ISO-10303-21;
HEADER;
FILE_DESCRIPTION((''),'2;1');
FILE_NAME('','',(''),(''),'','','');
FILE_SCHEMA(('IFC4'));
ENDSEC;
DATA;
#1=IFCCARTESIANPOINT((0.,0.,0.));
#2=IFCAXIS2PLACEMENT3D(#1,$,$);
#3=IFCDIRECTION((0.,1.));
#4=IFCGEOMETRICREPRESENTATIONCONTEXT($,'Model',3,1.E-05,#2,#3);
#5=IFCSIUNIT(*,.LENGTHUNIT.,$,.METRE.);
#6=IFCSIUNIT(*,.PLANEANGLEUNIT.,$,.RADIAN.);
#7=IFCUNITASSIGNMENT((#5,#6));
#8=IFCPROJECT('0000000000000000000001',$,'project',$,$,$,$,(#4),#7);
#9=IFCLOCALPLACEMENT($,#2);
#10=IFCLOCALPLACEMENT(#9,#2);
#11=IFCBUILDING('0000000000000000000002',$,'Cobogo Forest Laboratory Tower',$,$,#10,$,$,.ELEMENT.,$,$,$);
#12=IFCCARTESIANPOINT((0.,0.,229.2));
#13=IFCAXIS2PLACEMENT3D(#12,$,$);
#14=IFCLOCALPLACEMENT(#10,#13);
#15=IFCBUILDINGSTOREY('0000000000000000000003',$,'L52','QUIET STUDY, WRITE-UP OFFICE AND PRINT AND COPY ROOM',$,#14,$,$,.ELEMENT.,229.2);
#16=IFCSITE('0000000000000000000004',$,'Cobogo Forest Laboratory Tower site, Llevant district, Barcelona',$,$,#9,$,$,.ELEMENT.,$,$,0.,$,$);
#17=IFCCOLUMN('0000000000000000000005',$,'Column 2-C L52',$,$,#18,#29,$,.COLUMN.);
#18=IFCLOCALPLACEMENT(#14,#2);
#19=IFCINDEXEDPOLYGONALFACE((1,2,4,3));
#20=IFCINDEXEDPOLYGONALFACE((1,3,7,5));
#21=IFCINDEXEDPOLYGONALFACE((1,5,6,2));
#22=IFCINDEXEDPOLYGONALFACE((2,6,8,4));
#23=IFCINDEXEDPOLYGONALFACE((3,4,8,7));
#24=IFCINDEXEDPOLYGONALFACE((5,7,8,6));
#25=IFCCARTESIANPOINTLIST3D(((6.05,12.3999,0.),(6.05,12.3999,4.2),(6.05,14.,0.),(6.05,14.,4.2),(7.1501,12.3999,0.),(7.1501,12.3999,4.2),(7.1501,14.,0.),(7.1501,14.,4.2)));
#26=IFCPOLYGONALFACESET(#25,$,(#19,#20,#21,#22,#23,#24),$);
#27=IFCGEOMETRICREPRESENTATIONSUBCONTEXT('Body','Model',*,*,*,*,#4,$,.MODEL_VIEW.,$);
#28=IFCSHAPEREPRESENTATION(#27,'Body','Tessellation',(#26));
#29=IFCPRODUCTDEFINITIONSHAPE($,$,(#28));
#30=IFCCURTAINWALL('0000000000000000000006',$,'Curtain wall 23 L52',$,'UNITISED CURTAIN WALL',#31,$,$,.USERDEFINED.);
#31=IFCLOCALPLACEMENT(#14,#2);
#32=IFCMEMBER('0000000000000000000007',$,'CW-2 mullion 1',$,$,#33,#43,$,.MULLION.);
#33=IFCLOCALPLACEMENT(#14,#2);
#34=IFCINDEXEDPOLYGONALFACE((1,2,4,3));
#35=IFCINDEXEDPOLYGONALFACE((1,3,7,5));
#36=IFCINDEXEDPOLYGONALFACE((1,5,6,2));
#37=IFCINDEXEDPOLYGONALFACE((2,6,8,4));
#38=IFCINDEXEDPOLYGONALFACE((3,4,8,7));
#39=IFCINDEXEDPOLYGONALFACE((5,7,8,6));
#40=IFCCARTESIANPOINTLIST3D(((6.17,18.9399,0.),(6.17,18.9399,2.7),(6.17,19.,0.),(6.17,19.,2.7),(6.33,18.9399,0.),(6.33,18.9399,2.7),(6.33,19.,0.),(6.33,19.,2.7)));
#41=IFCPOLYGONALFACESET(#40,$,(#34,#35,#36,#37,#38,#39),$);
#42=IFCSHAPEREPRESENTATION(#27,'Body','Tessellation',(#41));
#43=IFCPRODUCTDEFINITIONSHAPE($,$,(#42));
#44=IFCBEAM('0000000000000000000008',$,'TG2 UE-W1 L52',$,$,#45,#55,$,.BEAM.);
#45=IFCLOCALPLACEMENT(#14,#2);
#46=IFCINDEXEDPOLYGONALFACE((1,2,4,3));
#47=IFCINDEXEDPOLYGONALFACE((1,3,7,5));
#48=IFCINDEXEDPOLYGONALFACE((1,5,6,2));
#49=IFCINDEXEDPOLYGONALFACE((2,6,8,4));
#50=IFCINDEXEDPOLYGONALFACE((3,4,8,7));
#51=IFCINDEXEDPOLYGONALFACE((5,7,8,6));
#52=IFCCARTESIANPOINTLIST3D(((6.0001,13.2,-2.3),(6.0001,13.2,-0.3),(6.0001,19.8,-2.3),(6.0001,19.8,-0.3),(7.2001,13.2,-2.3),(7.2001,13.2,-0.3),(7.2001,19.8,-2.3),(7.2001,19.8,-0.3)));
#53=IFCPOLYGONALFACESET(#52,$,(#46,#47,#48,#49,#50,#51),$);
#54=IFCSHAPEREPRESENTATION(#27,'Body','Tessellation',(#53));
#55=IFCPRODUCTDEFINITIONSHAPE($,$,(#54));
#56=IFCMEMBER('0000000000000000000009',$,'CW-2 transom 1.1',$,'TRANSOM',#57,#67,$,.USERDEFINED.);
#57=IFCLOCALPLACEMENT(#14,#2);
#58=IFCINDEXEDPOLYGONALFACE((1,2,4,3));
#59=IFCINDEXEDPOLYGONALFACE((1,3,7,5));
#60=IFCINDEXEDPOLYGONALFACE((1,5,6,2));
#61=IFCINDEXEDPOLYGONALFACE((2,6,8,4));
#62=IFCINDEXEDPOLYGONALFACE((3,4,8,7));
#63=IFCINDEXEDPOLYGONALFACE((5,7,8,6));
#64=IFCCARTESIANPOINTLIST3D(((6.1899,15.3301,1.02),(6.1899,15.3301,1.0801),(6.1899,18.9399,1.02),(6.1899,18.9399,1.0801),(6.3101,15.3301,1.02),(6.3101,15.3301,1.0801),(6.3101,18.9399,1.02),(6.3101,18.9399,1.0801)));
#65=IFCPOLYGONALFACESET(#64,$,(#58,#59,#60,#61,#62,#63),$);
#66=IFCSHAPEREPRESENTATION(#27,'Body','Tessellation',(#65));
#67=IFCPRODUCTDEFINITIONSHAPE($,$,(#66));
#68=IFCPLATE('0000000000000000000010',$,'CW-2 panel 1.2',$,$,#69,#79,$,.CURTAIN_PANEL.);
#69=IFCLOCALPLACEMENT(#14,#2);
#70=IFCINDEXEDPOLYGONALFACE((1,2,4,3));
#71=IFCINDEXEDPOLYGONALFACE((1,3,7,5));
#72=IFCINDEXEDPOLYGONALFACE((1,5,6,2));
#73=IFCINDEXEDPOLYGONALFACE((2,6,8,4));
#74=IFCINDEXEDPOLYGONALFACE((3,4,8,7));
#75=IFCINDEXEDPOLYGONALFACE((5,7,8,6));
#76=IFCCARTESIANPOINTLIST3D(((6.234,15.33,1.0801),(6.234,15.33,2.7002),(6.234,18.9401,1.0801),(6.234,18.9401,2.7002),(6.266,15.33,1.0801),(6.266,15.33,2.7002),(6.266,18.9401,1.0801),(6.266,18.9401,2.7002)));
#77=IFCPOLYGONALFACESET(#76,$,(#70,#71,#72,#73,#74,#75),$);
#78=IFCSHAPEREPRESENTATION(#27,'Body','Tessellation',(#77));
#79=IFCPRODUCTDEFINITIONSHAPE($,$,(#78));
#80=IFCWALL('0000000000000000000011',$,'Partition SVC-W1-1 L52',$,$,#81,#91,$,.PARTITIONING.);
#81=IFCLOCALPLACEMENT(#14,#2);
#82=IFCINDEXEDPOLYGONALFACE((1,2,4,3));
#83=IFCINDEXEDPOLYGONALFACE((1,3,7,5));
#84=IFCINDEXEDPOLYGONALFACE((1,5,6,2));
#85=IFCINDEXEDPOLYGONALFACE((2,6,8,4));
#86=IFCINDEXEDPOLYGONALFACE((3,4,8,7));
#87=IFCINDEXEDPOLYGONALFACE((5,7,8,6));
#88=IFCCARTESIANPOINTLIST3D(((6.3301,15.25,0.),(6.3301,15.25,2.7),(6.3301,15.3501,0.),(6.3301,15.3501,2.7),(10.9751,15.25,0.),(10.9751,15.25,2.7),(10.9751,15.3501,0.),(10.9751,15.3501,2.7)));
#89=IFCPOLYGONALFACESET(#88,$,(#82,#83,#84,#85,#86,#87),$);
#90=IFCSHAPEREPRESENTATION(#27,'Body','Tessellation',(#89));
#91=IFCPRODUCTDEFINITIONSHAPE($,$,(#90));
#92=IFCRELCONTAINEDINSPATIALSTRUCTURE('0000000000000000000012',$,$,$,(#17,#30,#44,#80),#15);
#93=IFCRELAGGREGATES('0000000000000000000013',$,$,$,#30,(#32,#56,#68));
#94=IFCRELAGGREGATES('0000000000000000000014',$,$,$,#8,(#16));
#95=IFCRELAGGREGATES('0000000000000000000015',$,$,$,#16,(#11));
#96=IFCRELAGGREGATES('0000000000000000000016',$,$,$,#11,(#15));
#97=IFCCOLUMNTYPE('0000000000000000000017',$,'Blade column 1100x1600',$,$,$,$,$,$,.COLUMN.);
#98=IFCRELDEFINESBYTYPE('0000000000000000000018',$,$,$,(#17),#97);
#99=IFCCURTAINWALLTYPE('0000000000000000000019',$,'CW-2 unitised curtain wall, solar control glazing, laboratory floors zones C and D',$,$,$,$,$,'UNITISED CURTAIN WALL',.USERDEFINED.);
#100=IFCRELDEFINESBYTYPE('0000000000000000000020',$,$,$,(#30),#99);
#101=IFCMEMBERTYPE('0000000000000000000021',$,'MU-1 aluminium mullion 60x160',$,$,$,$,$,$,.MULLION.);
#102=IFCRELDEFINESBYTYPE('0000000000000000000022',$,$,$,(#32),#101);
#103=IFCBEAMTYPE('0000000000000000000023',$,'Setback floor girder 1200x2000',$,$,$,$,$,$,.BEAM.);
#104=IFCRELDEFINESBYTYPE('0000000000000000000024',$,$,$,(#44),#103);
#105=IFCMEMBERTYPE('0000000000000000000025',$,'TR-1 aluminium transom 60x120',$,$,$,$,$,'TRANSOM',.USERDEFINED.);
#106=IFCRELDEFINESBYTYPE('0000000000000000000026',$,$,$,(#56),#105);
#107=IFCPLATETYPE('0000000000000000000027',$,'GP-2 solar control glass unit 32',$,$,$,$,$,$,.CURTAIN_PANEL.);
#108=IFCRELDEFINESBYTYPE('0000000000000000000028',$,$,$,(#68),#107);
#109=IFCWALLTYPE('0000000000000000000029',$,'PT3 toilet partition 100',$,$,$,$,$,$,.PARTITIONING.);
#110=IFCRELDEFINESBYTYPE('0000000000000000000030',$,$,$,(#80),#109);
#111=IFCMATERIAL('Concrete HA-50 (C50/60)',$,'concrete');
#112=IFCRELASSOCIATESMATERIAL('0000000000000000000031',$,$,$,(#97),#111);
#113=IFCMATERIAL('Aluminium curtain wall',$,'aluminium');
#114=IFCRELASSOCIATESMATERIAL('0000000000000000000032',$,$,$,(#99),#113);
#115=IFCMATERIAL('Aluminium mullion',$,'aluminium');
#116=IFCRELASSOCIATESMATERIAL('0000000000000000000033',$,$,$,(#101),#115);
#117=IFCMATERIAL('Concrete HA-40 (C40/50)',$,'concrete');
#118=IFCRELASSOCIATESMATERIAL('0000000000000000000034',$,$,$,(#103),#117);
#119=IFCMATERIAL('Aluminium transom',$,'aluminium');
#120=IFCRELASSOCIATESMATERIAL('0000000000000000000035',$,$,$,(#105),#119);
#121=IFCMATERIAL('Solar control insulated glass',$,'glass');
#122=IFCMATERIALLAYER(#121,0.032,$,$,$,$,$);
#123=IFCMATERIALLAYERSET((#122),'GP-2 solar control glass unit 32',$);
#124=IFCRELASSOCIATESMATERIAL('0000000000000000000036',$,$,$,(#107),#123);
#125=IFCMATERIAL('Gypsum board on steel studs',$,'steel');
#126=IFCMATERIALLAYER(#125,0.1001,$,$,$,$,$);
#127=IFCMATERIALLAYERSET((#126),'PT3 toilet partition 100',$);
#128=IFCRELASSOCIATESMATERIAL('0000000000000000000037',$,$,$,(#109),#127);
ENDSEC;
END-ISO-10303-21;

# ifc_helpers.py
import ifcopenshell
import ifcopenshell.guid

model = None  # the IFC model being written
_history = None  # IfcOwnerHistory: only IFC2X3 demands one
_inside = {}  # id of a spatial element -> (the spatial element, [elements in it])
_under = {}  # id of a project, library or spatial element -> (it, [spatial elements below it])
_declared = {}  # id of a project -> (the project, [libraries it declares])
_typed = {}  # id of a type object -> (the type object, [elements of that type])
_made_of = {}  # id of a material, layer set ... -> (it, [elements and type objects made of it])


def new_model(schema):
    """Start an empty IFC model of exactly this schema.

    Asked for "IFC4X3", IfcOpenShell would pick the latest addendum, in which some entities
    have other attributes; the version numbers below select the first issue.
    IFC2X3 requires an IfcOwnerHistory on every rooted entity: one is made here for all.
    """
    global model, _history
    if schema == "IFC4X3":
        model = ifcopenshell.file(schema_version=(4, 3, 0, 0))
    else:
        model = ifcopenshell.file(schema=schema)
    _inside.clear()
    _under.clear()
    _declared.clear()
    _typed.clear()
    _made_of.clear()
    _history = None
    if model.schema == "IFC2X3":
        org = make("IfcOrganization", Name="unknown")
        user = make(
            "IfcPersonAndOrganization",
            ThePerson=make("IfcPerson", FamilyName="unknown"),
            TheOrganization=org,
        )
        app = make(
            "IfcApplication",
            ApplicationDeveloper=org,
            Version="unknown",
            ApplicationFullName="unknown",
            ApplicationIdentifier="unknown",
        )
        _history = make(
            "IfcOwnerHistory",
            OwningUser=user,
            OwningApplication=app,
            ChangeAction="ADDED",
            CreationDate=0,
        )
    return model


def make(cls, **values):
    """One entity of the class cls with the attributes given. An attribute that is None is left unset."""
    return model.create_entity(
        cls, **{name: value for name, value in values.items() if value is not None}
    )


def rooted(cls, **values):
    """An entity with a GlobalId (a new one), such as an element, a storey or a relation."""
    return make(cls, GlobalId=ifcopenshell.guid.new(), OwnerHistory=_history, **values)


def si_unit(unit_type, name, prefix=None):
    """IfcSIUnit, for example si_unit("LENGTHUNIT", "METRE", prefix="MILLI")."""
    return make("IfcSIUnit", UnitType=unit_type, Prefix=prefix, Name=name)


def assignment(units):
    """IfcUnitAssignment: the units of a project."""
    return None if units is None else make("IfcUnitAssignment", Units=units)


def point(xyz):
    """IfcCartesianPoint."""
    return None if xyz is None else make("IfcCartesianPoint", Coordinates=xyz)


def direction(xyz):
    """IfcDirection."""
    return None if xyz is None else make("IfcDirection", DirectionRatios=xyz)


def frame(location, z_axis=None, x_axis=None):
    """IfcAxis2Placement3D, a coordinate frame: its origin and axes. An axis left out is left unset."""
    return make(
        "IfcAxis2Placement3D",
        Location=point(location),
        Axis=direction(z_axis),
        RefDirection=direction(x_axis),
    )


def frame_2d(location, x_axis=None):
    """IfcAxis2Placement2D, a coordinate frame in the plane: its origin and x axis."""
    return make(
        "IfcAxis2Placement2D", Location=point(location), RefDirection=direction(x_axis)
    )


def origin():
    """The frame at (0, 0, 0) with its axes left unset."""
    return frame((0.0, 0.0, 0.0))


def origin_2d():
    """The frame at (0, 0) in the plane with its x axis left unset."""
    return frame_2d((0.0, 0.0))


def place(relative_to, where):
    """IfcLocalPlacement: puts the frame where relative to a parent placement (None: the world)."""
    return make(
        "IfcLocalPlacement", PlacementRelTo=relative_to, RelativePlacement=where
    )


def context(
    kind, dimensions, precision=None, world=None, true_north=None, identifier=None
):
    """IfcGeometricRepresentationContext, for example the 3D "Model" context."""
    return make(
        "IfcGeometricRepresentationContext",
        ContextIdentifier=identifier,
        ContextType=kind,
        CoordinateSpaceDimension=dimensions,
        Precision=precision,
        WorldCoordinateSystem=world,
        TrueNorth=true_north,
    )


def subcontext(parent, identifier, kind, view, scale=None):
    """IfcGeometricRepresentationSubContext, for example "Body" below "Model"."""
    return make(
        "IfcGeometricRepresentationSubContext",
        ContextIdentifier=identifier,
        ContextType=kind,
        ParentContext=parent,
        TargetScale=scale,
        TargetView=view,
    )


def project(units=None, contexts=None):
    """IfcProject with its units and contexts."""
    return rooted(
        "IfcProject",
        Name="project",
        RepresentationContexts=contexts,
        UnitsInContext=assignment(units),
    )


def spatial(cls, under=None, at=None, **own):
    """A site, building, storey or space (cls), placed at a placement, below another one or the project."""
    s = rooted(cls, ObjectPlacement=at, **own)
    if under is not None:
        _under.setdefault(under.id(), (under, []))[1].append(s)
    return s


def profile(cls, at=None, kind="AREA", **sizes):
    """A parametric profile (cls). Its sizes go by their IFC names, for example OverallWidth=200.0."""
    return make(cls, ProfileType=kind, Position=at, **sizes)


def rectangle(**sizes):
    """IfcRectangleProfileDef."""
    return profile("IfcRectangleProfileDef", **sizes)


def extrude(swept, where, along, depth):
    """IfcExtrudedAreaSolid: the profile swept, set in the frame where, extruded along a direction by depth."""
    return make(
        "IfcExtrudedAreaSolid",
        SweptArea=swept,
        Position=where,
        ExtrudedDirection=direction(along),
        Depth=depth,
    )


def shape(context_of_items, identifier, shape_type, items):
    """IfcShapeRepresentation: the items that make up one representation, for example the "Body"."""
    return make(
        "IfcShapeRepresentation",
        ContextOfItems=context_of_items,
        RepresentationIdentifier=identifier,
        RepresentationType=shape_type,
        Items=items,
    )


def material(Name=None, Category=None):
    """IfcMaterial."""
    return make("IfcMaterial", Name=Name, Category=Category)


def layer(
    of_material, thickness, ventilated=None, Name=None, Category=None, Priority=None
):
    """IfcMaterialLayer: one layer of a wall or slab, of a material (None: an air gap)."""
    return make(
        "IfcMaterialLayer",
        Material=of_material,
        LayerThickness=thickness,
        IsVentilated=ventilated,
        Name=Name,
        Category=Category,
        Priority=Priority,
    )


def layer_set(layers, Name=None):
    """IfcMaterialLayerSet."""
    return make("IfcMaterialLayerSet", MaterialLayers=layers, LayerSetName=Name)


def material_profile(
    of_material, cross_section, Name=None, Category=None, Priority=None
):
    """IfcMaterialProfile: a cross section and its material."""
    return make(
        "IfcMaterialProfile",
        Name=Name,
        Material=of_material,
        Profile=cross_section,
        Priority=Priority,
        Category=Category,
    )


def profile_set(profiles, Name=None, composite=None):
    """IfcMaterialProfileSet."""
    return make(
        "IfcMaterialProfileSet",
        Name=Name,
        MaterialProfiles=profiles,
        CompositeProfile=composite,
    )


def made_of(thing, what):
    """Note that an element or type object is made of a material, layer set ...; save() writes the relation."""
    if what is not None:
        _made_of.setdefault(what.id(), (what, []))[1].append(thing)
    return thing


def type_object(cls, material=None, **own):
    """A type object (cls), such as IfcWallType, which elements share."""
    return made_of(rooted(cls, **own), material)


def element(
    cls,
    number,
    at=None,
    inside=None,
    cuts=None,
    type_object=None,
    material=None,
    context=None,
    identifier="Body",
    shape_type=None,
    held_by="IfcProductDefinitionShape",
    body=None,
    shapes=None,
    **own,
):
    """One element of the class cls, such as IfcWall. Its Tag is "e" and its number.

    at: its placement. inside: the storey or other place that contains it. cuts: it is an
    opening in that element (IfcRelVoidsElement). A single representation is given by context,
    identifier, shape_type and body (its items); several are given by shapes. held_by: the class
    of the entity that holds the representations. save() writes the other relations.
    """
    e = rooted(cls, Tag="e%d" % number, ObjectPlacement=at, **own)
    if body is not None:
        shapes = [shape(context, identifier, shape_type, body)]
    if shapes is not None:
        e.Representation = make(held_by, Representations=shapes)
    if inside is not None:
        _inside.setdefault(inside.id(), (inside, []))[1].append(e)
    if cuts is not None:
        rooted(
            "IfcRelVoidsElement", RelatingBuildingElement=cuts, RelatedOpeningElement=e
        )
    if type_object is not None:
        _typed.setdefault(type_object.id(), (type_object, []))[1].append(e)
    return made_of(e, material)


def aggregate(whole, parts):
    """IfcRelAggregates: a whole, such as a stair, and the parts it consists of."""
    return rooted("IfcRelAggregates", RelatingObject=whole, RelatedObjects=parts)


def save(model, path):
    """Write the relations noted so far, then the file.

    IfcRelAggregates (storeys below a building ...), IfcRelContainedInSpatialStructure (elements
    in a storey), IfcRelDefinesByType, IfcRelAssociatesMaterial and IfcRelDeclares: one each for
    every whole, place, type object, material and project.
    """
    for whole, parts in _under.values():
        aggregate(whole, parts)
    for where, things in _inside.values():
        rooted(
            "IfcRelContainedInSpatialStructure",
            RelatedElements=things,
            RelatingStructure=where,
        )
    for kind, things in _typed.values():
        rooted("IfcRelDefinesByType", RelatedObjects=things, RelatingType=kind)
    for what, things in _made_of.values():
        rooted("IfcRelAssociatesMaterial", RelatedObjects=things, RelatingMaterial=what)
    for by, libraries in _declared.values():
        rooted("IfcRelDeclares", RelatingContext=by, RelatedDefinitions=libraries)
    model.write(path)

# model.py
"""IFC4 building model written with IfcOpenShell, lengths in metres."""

from ifc_helpers import new_model, si_unit, direction, frame, frame_2d, origin, origin_2d, place, context, subcontext, project, spatial, rectangle, extrude, material, layer, layer_set, material_profile, profile_set, type_object, element, aggregate, save


model = new_model("IFC4")

# Units and contexts
model_context = context("Model", 3, precision=1e-05, world=origin(), true_north=direction((0.0, 1.0)))
body_context = subcontext(model_context, "Body", "Model", "MODEL_VIEW")
ifc_project = project(units=[si_unit("LENGTHUNIT", "METRE"), si_unit("PLANEANGLEUNIT", "RADIAN")], contexts=[model_context])

# Site, building, storey
site_placement = place(None, origin())
site = spatial("IfcSite", under=ifc_project, at=site_placement, Name="Cobogo Forest Laboratory Tower site, Llevant district, Barcelona", CompositionType="ELEMENT", RefElevation=0.0)
building_placement = place(site_placement, origin())
building = spatial("IfcBuilding", under=site, at=building_placement, Name="Cobogo Forest Laboratory Tower", CompositionType="ELEMENT")
storey_placement = place(building_placement, frame((0.0, 0.0, 229.2)))
storey = spatial("IfcBuildingStorey", under=building, at=storey_placement, Name="L52", Description="QUIET STUDY, WRITE-UP OFFICE AND PRINT AND COPY ROOM", CompositionType="ELEMENT", Elevation=229.2)

# Column
ifc_material_1 = material(Name="Concrete HA-50 (C50/60)", Category="concrete")
ifc_material_profile_1 = material_profile(ifc_material_1, rectangle(XDim=1.6001, YDim=1.1001, at=origin_2d()), Name="RC 1100x1600")
ifc_profile_set_1 = profile_set([ifc_material_profile_1], Name="Concrete HA-50 (C50/60)")
column_type = type_object("IfcColumnType", Name="Blade column 1100x1600", PredefinedType="COLUMN", material=ifc_profile_set_1)
column_placement = place(storey_placement, frame((6.6001, 13.2, 0.0), z_axis=(0.0, 0.0, 1.0), x_axis=(0.0, 1.0, 0.0)))
element("IfcColumn", 1, at=column_placement, inside=storey, type_object=column_type, Name="Column 2-C L52", PredefinedType="COLUMN", context=body_context, shape_type="SweptSolid", body=[
    extrude(rectangle(XDim=1.6001, YDim=1.1001, at=origin_2d()), origin(), (0.0, 0.0, 1.0), 4.2),
])

# Curtain wall, member
ifc_material_2 = material(Name="Aluminium curtain wall", Category="aluminium")
curtain_wall_type = type_object("IfcCurtainWallType", Name="CW-2 unitised curtain wall, solar control glazing, laboratory floors zones C and D", ElementType="UNITISED CURTAIN WALL", PredefinedType="USERDEFINED", material=ifc_material_2)
curtain_wall_placement = place(storey_placement, origin())
curtain_wall = element("IfcCurtainWall", 2, at=curtain_wall_placement, inside=storey, type_object=curtain_wall_type, Name="Curtain wall 23 L52", ObjectType="UNITISED CURTAIN WALL", PredefinedType="USERDEFINED")
ifc_material_3 = material(Name="Aluminium mullion", Category="aluminium")
ifc_material_profile_2 = material_profile(ifc_material_3, rectangle(XDim=0.0601, YDim=0.1599, at=origin_2d()), Name="AL 60x160")
ifc_profile_set_2 = profile_set([ifc_material_profile_2], Name="Aluminium mullion")
member_type_1 = type_object("IfcMemberType", Name="MU-1 aluminium mullion 60x160", PredefinedType="MULLION", material=ifc_profile_set_2)
member_1_placement = place(storey_placement, frame((6.25, 18.97, 0.0), z_axis=(0.0, 0.0, 1.0), x_axis=(0.0, -1.0, 0.0)))
member_1 = element("IfcMember", 3, at=member_1_placement, type_object=member_type_1, Name="CW-2 mullion 1", PredefinedType="MULLION", context=body_context, shape_type="SweptSolid", body=[
    extrude(rectangle(XDim=0.0601, YDim=0.1599, at=origin_2d()), origin(), (0.0, 0.0, 1.0), 2.7),
])

# Beam
ifc_material_4 = material(Name="Concrete HA-40 (C40/50)", Category="concrete")
ifc_material_profile_3 = material_profile(ifc_material_4, rectangle(XDim=1.2, YDim=2.0, at=origin_2d()), Name="RC 1200x2000")
ifc_profile_set_3 = profile_set([ifc_material_profile_3], Name="Concrete HA-40 (C40/50)")
beam_type = type_object("IfcBeamType", Name="Setback floor girder 1200x2000", PredefinedType="BEAM", material=ifc_profile_set_3)
beam_placement = place(storey_placement, frame((6.6001, 13.2, -1.3), z_axis=(0.0, 1.0, 0.0), x_axis=(-1.0, 0.0, 0.0)))
element("IfcBeam", 4, at=beam_placement, inside=storey, type_object=beam_type, Name="TG2 UE-W1 L52", PredefinedType="BEAM", context=body_context, shape_type="SweptSolid", body=[
    extrude(rectangle(XDim=1.2, YDim=2.0, at=origin_2d()), origin(), (0.0, 0.0, 1.0), 6.6001),
])

# Member
ifc_material_5 = material(Name="Aluminium transom", Category="aluminium")
ifc_material_profile_4 = material_profile(ifc_material_5, rectangle(XDim=0.1201, YDim=0.0601, at=origin_2d()), Name="AL 60x120")
ifc_profile_set_4 = profile_set([ifc_material_profile_4], Name="Aluminium transom")
member_type_2 = type_object("IfcMemberType", Name="TR-1 aluminium transom 60x120", ElementType="TRANSOM", PredefinedType="USERDEFINED", material=ifc_profile_set_4)
member_2_placement = place(storey_placement, frame((6.25, 18.9399, 1.05), z_axis=(0.0, -1.0, 0.0), x_axis=(1.0, 0.0, 0.0)))
member_2 = element("IfcMember", 5, at=member_2_placement, type_object=member_type_2, Name="CW-2 transom 1.1", ObjectType="TRANSOM", PredefinedType="USERDEFINED", context=body_context, shape_type="SweptSolid", body=[
    extrude(rectangle(XDim=0.1201, YDim=0.0601, at=origin_2d()), origin(), (0.0, 0.0, 1.0), 3.6099),
])

# Plate
ifc_material_6 = material(Name="Solar control insulated glass", Category="glass")
ifc_layer_1 = layer(ifc_material_6, 0.032)
ifc_layer_set_1 = layer_set([ifc_layer_1], Name="GP-2 solar control glass unit 32")
plate_type = type_object("IfcPlateType", Name="GP-2 solar control glass unit 32", PredefinedType="CURTAIN_PANEL", material=ifc_layer_set_1)
plate_placement = place(storey_placement, frame((6.25, 17.135, 1.0801), z_axis=(0.0, 0.0, 1.0), x_axis=(0.0, -1.0, 0.0)))
plate = element("IfcPlate", 6, at=plate_placement, type_object=plate_type, Name="CW-2 panel 1.2", PredefinedType="CURTAIN_PANEL", context=body_context, shape_type="SweptSolid", body=[
    extrude(rectangle(XDim=3.6101, YDim=0.032, at=origin_2d()), origin(), (0.0, 0.0, 1.0), 1.6201),
])
aggregate(curtain_wall, [member_1, member_2, plate])

# Wall
ifc_material_7 = material(Name="Gypsum board on steel studs", Category="steel")
ifc_layer_2 = layer(ifc_material_7, 0.1001)
ifc_layer_set_2 = layer_set([ifc_layer_2], Name="PT3 toilet partition 100")
wall_type = type_object("IfcWallType", Name="PT3 toilet partition 100", PredefinedType="PARTITIONING", material=ifc_layer_set_2)
wall_placement = place(storey_placement, frame((6.3301, 15.3, 0.0), z_axis=(0.0, 0.0, 1.0), x_axis=(1.0, 0.0, 0.0)))
element("IfcWall", 7, at=wall_placement, inside=storey, type_object=wall_type, Name="Partition SVC-W1-1 L52", PredefinedType="PARTITIONING", context=body_context, shape_type="SweptSolid", body=[
    extrude(rectangle(XDim=4.645, YDim=0.1001, at=frame_2d((2.3225, 0.0))), origin(), (0.0, 0.0, 1.0), 2.7),
])

save(model, "model.ifc")
